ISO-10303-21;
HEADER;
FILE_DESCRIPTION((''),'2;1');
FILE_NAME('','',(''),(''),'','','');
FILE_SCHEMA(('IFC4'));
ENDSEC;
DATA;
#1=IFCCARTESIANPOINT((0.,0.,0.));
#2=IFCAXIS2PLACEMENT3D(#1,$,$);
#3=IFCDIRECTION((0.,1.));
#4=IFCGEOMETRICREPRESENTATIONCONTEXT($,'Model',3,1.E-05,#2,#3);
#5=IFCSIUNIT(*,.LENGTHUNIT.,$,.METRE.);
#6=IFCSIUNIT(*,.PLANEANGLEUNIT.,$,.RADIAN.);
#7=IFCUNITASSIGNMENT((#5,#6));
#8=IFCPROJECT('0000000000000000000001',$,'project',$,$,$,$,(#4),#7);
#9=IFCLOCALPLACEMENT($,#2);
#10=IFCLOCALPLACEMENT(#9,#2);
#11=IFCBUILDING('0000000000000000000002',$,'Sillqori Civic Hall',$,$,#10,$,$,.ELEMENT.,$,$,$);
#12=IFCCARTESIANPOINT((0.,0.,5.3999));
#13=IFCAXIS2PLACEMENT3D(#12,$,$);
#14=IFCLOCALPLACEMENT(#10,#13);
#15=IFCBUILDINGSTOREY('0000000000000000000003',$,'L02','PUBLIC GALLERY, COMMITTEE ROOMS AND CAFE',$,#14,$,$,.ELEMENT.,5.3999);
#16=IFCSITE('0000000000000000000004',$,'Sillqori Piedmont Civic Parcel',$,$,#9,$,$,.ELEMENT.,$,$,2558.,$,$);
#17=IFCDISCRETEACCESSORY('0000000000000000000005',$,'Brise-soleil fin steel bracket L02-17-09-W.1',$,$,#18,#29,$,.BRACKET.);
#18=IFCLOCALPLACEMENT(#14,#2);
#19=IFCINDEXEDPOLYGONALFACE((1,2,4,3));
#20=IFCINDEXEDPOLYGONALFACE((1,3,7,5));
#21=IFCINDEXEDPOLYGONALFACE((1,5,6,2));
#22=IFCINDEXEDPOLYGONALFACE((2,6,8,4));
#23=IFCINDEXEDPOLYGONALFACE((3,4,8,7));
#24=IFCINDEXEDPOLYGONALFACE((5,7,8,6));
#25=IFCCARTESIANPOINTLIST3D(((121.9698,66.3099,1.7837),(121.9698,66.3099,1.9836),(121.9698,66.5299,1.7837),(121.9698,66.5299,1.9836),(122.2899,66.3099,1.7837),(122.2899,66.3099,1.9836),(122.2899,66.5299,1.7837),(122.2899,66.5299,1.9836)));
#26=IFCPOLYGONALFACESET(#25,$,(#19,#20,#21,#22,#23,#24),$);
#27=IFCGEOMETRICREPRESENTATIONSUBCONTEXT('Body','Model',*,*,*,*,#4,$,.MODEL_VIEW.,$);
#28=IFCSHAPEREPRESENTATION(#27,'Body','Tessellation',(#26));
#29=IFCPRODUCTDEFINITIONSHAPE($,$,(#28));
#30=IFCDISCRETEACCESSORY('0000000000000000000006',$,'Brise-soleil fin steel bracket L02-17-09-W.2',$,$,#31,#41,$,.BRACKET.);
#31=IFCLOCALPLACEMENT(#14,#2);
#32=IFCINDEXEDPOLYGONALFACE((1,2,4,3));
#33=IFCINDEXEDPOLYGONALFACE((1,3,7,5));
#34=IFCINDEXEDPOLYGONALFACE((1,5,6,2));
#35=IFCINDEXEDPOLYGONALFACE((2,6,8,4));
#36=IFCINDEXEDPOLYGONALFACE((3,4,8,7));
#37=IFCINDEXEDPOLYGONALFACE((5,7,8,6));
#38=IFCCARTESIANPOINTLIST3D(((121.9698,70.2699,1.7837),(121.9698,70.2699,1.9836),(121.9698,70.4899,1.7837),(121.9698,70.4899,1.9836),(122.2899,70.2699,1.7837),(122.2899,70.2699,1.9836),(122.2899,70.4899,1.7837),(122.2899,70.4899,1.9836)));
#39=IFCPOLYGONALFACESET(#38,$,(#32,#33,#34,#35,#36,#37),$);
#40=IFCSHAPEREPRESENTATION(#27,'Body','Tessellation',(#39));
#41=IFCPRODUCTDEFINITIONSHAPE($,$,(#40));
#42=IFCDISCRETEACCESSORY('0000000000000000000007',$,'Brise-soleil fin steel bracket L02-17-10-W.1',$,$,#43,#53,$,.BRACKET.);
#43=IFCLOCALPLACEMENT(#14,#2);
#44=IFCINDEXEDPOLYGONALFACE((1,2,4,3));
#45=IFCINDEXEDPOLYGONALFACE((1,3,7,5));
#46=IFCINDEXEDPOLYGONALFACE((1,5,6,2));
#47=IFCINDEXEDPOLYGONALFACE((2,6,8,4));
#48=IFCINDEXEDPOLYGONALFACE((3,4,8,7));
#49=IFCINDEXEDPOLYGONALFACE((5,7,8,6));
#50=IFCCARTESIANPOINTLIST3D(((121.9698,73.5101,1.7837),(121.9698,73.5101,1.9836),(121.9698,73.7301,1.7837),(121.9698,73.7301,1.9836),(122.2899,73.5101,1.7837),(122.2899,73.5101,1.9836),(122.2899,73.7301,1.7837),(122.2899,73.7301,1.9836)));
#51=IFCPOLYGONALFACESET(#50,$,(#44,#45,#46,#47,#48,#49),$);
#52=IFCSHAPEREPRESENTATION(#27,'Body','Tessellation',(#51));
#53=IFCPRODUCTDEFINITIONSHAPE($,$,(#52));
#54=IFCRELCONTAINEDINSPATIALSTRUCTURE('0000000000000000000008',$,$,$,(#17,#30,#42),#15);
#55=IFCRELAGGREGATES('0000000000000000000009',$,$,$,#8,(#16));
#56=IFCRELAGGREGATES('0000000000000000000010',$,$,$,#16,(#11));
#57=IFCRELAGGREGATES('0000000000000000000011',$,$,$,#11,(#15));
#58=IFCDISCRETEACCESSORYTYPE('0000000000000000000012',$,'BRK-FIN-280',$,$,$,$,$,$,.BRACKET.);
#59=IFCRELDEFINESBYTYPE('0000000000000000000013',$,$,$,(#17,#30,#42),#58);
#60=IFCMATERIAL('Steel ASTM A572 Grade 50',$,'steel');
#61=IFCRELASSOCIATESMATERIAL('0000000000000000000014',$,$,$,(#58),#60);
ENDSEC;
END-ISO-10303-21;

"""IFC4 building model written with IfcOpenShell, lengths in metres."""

from ifc_helpers import new_model, si_unit, direction, frame, origin, origin_2d, place, context, subcontext, project, spatial, rectangle, extrude, material, type_object, element, save


model = new_model("IFC4")

# Units and contexts
model_context = context("Model", 3, precision=1e-05, world=origin(), true_north=direction((0.0, 1.0)))
body_context = subcontext(model_context, "Body", "Model", "MODEL_VIEW")
ifc_project = project(units=[si_unit("LENGTHUNIT", "METRE"), si_unit("PLANEANGLEUNIT", "RADIAN")], contexts=[model_context])

# Site, building, storey
site_placement = place(None, origin())
site = spatial("IfcSite", under=ifc_project, at=site_placement, Name="Sillqori Piedmont Civic Parcel", CompositionType="ELEMENT", RefElevation=2558.0)
building_placement = place(site_placement, origin())
building = spatial("IfcBuilding", under=site, at=building_placement, Name="Sillqori Civic Hall", CompositionType="ELEMENT")
storey_placement = place(building_placement, frame((0.0, 0.0, 5.3999)))
storey = spatial("IfcBuildingStorey", under=building, at=storey_placement, Name="L02", Description="PUBLIC GALLERY, COMMITTEE ROOMS AND CAFE", CompositionType="ELEMENT", Elevation=5.3999)

# Discrete accessories
ifc_material_1 = material(Name="Steel ASTM A572 Grade 50", Category="steel")
discrete_accessory_type = type_object("IfcDiscreteAccessoryType", Name="BRK-FIN-280", PredefinedType="BRACKET", material=ifc_material_1)
for number, where, z_axis, x_axis, name in (
    (1, (122.1299, 66.4199, 1.7837), (0.0, 0.0, 1.0), (0.0, 1.0, 0.0), "Brise-soleil fin steel bracket L02-17-09-W.1"),
    (2, (122.1299, 70.3799, 1.7837), (0.0, 0.0, 1.0), (0.0, 1.0, 0.0), "Brise-soleil fin steel bracket L02-17-09-W.2"),
    (3, (122.1299, 73.6201, 1.7837), (0.0, 0.0, 1.0), (0.0, 1.0, 0.0), "Brise-soleil fin steel bracket L02-17-10-W.1"),
):
    element("IfcDiscreteAccessory", number, at=place(storey_placement, frame(where, z_axis=z_axis, x_axis=x_axis)), inside=storey, type_object=discrete_accessory_type, Name=name, PredefinedType="BRACKET", context=body_context, shape_type="SweptSolid", body=[
        extrude(rectangle(XDim=0.22, YDim=0.3201, at=origin_2d()), origin(), (0.0, 0.0, 1.0), 0.2),
    ])

save(model, "model.ifc")
